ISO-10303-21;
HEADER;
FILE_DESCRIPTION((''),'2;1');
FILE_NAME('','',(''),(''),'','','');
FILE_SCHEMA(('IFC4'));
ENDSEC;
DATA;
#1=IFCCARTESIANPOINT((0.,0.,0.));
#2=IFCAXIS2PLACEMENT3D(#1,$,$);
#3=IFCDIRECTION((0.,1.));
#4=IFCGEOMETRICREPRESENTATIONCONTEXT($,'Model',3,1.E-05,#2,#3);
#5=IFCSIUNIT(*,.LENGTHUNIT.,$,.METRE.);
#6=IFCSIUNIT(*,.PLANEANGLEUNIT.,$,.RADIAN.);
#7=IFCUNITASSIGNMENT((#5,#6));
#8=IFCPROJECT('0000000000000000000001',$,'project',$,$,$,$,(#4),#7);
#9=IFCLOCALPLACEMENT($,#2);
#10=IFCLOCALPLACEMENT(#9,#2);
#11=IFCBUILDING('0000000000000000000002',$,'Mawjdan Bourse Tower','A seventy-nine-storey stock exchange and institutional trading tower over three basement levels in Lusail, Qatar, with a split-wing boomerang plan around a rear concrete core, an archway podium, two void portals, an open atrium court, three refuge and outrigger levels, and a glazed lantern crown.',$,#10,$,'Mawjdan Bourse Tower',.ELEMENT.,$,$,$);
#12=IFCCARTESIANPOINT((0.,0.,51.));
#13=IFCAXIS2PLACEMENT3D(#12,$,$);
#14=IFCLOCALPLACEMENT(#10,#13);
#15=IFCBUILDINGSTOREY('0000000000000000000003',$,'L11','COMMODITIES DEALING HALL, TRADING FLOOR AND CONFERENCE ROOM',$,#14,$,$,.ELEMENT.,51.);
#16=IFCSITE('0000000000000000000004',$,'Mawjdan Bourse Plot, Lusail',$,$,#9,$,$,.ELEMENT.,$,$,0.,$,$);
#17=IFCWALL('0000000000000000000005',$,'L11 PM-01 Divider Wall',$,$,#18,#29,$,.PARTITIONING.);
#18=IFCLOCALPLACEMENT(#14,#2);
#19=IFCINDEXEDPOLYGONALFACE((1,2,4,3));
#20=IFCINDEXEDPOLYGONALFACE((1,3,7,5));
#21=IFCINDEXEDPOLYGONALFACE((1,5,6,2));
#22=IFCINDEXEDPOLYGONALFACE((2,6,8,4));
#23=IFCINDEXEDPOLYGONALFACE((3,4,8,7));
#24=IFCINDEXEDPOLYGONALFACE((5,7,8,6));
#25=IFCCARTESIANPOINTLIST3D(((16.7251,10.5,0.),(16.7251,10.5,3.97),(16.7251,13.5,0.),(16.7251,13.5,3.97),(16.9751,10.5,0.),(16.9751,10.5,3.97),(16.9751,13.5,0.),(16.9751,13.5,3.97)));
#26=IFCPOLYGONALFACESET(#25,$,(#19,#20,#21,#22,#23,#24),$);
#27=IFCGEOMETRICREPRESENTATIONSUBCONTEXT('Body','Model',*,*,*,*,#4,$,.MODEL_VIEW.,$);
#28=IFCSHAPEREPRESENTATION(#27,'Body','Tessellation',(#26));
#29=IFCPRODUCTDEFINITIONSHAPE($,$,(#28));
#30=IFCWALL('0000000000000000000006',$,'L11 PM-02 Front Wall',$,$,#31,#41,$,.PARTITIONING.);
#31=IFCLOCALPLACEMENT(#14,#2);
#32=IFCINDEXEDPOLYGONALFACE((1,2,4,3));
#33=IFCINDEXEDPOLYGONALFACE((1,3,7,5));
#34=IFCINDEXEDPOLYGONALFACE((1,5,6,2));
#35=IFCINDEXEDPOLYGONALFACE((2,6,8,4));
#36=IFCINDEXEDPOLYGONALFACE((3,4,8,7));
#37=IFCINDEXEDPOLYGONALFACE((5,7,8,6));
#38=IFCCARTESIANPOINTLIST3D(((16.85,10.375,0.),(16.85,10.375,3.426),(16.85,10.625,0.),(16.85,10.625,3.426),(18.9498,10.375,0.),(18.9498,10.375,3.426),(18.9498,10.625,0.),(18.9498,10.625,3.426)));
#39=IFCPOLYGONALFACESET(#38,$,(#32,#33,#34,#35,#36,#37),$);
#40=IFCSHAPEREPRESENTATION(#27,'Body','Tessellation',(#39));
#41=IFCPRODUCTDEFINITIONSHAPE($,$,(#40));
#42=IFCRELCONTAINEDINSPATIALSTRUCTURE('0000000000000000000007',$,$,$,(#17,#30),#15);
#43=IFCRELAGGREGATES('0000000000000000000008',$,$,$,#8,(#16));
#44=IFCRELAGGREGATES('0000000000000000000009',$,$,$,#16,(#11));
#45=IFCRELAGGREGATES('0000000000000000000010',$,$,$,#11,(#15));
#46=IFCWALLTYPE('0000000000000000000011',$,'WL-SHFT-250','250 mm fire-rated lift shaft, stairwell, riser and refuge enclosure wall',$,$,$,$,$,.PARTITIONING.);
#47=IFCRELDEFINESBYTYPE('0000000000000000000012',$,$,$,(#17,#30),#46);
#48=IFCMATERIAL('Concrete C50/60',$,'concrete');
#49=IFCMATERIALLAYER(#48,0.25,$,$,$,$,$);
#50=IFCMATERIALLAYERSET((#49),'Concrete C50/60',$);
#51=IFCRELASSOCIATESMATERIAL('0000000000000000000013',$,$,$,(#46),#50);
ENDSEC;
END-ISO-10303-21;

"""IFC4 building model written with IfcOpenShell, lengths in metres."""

from ifc_helpers import new_model, si_unit, direction, frame, frame_2d, origin, place, context, subcontext, project, spatial, rectangle, extrude, material, layer, layer_set, type_object, element, save


model = new_model("IFC4")

# Units and contexts
model_context = context("Model", 3, precision=1e-05, world=origin(), true_north=direction((0.0, 1.0)))
body_context = subcontext(model_context, "Body", "Model", "MODEL_VIEW")
ifc_project = project(units=[si_unit("LENGTHUNIT", "METRE"), si_unit("PLANEANGLEUNIT", "RADIAN")], contexts=[model_context])

# Site, building, storey
site_placement = place(None, origin())
site = spatial("IfcSite", under=ifc_project, at=site_placement, Name="Mawjdan Bourse Plot, Lusail", CompositionType="ELEMENT", RefElevation=0.0)
building_placement = place(site_placement, origin())
building = spatial("IfcBuilding", under=site, at=building_placement, Name="Mawjdan Bourse Tower", Description="A seventy-nine-storey stock exchange and institutional trading tower over three basement levels in Lusail, Qatar, with a split-wing boomerang plan around a rear concrete core, an archway podium, two void portals, an open atrium court, three refuge and outrigger levels, and a glazed lantern crown.", LongName="Mawjdan Bourse Tower", CompositionType="ELEMENT")
storey_placement = place(building_placement, frame((0.0, 0.0, 51.0)))
storey = spatial("IfcBuildingStorey", under=building, at=storey_placement, Name="L11", Description="COMMODITIES DEALING HALL, TRADING FLOOR AND CONFERENCE ROOM", CompositionType="ELEMENT", Elevation=51.0)

# Shared definitions
ifc_material_1 = material(Name="Concrete C50/60", Category="concrete")
ifc_layer_1 = layer(ifc_material_1, 0.25)
ifc_layer_set_1 = layer_set([ifc_layer_1], Name="Concrete C50/60")
wall_type_1 = type_object("IfcWallType", Name="WL-SHFT-250", Description="250 mm fire-rated lift shaft, stairwell, riser and refuge enclosure wall", PredefinedType="PARTITIONING", material=ifc_layer_set_1)

# Walls
wall_1_placement = place(storey_placement, frame((16.8501, 10.5, 0.0), z_axis=(0.0, 0.0, 1.0), x_axis=(0.0, 1.0, 0.0)))
element("IfcWall", 1, at=wall_1_placement, inside=storey, type_object=wall_type_1, Name="L11 PM-01 Divider Wall", PredefinedType="PARTITIONING", context=body_context, shape_type="SweptSolid", body=[
    extrude(rectangle(XDim=3.0, YDim=0.25, at=frame_2d((1.5, 0.0))), origin(), (0.0, 0.0, 1.0), 3.97),
])
wall_2_placement = place(storey_placement, frame((16.8501, 10.5, 0.0), z_axis=(0.0, 0.0, 1.0), x_axis=(1.0, 0.0, 0.0)))
element("IfcWall", 2, at=wall_2_placement, inside=storey, type_object=wall_type_1, Name="L11 PM-02 Front Wall", PredefinedType="PARTITIONING", context=body_context, shape_type="SweptSolid", body=[
    extrude(rectangle(XDim=2.0999, YDim=0.25, at=frame_2d((1.0498, 0.0))), origin(), (0.0, 0.0, 1.0), 3.426),
])

save(model, "model.ifc")
